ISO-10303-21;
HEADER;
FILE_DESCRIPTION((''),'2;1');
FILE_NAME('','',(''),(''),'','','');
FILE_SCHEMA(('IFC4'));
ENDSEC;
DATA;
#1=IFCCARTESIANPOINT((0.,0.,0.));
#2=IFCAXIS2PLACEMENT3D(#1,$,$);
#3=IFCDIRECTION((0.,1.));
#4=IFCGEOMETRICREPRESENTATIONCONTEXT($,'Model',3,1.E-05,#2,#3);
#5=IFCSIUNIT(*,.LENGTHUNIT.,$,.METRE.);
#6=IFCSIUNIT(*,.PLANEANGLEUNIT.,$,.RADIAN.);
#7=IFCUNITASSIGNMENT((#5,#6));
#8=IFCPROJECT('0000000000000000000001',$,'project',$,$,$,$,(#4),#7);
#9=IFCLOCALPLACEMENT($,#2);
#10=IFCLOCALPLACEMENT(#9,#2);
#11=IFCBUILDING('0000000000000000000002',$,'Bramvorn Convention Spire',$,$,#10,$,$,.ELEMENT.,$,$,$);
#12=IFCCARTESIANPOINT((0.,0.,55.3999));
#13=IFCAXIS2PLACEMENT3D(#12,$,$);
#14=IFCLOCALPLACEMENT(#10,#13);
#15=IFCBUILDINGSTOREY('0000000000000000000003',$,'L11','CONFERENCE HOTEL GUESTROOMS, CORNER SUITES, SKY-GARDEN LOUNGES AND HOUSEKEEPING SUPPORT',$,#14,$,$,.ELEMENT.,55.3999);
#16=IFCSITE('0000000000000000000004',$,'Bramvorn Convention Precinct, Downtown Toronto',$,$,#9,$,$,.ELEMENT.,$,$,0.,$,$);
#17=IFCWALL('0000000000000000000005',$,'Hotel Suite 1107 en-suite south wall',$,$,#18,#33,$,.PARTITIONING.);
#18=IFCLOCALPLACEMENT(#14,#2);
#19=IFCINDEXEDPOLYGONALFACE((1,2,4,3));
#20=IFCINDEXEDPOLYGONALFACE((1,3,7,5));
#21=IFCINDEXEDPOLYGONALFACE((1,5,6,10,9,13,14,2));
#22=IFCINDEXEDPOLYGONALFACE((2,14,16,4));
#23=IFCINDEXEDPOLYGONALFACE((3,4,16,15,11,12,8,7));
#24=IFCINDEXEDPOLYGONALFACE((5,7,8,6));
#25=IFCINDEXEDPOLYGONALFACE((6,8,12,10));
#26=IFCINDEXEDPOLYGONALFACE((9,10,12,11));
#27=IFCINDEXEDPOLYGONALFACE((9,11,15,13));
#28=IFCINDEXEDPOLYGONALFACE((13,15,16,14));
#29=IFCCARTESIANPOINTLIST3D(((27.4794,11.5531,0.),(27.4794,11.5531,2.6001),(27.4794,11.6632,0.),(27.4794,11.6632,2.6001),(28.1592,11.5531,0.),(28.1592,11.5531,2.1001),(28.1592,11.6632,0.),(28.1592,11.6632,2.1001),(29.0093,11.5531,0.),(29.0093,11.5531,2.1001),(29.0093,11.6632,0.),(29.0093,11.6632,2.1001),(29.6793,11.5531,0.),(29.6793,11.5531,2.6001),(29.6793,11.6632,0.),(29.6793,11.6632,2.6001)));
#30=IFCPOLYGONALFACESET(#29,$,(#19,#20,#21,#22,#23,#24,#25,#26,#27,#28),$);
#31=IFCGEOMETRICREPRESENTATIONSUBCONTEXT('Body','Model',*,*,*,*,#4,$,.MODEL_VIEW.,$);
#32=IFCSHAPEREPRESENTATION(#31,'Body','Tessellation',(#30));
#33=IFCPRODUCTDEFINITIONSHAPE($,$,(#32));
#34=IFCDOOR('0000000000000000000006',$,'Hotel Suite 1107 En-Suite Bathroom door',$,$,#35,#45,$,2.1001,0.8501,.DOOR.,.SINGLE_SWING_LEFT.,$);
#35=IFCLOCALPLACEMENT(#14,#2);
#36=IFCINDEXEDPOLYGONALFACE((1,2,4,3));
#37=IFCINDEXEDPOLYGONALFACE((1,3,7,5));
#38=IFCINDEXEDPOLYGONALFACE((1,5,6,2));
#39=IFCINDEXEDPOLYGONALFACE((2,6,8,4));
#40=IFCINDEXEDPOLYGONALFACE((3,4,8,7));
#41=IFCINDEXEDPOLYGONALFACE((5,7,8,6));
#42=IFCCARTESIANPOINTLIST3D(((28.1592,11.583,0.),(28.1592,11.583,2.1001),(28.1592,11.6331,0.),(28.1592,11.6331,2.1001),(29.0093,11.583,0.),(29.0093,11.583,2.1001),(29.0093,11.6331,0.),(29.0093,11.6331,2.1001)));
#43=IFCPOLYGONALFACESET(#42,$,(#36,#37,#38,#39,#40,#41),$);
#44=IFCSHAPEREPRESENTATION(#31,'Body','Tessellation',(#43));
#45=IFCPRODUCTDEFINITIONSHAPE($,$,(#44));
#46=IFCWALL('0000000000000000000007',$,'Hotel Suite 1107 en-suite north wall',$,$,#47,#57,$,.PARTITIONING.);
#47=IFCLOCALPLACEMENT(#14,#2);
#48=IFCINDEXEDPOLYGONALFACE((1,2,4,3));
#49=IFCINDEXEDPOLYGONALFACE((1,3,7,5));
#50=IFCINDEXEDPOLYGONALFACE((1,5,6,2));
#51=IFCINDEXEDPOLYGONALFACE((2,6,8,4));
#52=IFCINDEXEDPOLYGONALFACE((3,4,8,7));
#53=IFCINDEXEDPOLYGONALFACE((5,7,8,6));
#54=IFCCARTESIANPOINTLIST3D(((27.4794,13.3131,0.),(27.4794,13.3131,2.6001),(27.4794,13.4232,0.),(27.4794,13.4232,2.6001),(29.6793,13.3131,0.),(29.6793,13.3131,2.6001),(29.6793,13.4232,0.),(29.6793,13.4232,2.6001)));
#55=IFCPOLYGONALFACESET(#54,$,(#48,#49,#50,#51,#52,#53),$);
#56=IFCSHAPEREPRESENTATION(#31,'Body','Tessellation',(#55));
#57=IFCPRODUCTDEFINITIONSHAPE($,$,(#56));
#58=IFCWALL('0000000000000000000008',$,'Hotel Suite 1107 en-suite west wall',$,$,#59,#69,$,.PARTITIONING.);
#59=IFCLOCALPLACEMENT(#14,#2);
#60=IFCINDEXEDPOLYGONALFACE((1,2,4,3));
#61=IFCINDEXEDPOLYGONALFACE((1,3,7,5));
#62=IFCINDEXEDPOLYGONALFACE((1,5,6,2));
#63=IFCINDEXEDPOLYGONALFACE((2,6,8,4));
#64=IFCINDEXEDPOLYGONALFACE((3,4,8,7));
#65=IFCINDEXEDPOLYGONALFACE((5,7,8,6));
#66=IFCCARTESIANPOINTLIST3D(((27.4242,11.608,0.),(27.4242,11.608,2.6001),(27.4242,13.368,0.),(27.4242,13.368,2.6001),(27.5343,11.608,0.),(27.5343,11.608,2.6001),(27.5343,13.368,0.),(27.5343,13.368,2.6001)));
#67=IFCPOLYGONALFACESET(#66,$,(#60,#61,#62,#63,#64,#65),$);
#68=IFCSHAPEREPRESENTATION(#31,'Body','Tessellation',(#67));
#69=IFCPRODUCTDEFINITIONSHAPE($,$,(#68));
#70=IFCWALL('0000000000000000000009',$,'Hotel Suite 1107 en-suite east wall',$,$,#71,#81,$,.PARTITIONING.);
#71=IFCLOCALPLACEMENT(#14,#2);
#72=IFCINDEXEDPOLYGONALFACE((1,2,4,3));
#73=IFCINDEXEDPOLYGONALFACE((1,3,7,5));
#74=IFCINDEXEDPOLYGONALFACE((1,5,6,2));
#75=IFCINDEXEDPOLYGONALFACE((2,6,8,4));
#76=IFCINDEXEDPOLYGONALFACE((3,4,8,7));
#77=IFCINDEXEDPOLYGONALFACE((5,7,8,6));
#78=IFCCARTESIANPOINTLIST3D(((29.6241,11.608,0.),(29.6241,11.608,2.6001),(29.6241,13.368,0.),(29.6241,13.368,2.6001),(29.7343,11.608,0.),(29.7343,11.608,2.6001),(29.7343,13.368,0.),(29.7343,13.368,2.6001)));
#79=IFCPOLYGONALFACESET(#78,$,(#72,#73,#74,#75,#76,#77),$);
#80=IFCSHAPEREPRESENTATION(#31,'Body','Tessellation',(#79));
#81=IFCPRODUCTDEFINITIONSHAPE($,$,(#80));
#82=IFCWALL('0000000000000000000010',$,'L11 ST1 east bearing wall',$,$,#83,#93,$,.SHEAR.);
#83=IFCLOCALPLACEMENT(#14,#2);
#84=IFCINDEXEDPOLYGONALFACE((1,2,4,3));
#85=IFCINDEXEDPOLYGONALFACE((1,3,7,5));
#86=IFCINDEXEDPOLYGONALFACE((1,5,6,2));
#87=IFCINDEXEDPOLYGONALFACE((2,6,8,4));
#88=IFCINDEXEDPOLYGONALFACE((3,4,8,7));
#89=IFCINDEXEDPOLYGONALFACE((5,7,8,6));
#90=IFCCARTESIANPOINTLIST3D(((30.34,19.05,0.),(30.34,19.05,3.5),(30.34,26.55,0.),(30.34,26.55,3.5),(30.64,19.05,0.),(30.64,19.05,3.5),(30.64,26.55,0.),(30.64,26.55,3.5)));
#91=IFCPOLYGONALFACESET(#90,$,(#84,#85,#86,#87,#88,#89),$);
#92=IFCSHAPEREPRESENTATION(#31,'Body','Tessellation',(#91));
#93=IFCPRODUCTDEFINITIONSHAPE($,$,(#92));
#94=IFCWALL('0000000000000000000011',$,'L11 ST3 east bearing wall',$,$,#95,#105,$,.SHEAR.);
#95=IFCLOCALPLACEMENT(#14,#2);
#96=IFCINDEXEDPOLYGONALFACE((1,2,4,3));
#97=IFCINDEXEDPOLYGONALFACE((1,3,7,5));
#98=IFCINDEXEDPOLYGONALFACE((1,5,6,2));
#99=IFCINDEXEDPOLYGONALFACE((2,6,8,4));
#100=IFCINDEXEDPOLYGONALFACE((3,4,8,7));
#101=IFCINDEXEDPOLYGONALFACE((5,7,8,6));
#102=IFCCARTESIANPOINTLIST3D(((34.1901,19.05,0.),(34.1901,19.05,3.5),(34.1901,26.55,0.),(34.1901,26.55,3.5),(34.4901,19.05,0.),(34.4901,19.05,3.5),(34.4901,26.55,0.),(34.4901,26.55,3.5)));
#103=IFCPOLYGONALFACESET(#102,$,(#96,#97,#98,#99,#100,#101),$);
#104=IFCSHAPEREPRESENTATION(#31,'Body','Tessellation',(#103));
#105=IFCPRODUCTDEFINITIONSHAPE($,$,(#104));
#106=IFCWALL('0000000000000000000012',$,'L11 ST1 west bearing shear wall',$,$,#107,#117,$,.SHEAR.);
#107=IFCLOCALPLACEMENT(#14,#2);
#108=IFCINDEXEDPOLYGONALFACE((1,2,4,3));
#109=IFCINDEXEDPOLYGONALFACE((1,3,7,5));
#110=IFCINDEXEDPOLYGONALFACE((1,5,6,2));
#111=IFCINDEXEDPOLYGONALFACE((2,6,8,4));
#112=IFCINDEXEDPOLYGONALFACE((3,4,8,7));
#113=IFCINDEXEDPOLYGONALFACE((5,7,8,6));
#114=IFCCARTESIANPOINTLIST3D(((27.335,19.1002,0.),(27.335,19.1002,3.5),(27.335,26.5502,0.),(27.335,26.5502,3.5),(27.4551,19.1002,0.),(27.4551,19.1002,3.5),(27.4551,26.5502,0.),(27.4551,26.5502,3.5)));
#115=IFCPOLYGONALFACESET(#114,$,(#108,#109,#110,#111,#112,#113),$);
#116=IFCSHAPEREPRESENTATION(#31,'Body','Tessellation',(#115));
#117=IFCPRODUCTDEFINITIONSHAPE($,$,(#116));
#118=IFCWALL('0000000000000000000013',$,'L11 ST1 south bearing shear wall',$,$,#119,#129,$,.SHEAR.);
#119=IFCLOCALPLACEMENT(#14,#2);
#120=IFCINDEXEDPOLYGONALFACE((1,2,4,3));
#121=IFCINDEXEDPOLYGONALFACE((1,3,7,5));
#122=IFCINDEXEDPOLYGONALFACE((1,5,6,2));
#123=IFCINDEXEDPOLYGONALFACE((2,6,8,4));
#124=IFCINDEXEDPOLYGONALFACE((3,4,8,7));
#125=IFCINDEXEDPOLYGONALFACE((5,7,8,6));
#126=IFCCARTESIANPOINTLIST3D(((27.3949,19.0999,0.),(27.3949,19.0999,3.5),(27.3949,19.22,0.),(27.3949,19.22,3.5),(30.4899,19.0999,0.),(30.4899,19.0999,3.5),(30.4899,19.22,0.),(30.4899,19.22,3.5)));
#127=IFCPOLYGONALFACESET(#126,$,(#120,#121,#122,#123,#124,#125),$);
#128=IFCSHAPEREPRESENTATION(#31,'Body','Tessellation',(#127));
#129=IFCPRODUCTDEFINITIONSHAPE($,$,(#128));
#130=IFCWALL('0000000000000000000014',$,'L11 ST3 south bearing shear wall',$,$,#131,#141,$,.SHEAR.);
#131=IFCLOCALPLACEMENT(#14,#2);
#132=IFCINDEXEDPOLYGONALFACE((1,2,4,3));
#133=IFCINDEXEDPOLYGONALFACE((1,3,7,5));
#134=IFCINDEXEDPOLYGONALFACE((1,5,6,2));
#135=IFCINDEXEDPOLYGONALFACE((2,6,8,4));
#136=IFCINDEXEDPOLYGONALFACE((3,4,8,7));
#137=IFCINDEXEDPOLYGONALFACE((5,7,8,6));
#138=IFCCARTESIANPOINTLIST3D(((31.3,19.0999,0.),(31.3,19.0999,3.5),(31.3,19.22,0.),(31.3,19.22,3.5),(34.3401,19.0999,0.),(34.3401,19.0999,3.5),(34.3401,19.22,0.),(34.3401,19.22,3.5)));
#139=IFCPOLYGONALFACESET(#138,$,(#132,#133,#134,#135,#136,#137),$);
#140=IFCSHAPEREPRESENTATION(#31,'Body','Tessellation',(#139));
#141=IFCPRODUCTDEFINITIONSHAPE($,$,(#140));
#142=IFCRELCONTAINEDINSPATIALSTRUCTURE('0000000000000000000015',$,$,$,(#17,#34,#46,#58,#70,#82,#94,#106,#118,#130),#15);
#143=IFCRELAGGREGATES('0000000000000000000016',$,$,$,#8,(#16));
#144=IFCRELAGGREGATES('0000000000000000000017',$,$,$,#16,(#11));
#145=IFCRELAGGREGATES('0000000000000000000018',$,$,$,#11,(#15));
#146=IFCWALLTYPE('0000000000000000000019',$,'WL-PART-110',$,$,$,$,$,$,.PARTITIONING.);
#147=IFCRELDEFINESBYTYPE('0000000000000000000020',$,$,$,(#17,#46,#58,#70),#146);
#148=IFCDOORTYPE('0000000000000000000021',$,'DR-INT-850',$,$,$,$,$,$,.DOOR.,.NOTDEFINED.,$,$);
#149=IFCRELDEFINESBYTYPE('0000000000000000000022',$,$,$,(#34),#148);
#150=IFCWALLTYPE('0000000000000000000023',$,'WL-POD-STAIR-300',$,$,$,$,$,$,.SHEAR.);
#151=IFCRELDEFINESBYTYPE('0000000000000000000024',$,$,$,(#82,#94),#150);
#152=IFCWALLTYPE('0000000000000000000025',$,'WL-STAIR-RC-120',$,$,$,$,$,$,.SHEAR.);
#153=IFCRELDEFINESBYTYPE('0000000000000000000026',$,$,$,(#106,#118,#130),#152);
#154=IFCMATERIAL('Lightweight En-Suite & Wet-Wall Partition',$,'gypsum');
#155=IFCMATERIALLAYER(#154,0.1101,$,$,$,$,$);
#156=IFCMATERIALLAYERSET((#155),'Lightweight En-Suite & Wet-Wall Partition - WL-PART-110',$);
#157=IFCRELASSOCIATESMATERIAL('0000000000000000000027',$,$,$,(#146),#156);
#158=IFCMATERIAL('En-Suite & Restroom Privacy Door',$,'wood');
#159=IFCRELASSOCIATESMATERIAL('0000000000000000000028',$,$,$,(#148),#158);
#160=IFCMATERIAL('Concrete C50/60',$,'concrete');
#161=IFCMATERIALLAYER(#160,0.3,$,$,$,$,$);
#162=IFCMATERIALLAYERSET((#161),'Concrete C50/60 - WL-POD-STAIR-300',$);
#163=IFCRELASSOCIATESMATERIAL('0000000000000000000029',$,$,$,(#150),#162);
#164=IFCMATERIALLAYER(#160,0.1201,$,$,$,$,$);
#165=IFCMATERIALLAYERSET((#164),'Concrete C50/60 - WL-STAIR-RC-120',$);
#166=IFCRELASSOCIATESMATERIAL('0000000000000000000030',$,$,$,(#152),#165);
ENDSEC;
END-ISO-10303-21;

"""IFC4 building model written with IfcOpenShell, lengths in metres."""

from ifc_helpers import new_model, si_unit, direction, frame, frame_2d, origin, place, context, subcontext, project, spatial, rectangle, extrude, material, layer, layer_set, type_object, element, fill, save


model = new_model("IFC4")

# Units and contexts
model_context = context("Model", 3, precision=1e-05, world=origin(), true_north=direction((0.0, 1.0)))
body_context = subcontext(model_context, "Body", "Model", "MODEL_VIEW")
ifc_project = project(units=[si_unit("LENGTHUNIT", "METRE"), si_unit("PLANEANGLEUNIT", "RADIAN")], contexts=[model_context])

# Site, building, storey
site_placement = place(None, origin())
site = spatial("IfcSite", under=ifc_project, at=site_placement, Name="Bramvorn Convention Precinct, Downtown Toronto", CompositionType="ELEMENT", RefElevation=0.0)
building_placement = place(site_placement, origin())
building = spatial("IfcBuilding", under=site, at=building_placement, Name="Bramvorn Convention Spire", CompositionType="ELEMENT")
storey_placement = place(building_placement, frame((0.0, 0.0, 55.3999)))
storey = spatial("IfcBuildingStorey", under=building, at=storey_placement, Name="L11", Description="CONFERENCE HOTEL GUESTROOMS, CORNER SUITES, SKY-GARDEN LOUNGES AND HOUSEKEEPING SUPPORT", CompositionType="ELEMENT", Elevation=55.3999)

# Shared definitions
ifc_material_1 = material(Name="Concrete C50/60", Category="concrete")

# Wall, opening, door
ifc_material_2 = material(Name="Lightweight En-Suite & Wet-Wall Partition", Category="gypsum")
ifc_layer_1 = layer(ifc_material_2, 0.1101)
ifc_layer_set_1 = layer_set([ifc_layer_1], Name="Lightweight En-Suite & Wet-Wall Partition - WL-PART-110")
wall_type_1 = type_object("IfcWallType", Name="WL-PART-110", PredefinedType="PARTITIONING", material=ifc_layer_set_1)
wall_1_placement = place(storey_placement, frame((27.4792, 11.6082, 0.0), z_axis=(0.0, 0.0, 1.0), x_axis=(1.0, 0.0, 0.0)))
wall_1 = element("IfcWall", 1, at=wall_1_placement, inside=storey, type_object=wall_type_1, Name="Hotel Suite 1107 en-suite south wall", PredefinedType="PARTITIONING", context=body_context, shape_type="SweptSolid", body=[
    extrude(rectangle(XDim=2.2, YDim=0.1101, at=frame_2d((1.1001, 0.0))), origin(), (0.0, 0.0, 1.0), 2.6001),
])
opening_1_placement = place(wall_1_placement, frame((0.6799, 0.0, 0.0)))
opening_1 = element("IfcOpeningElement", 2, at=opening_1_placement, cuts=wall_1, PredefinedType="OPENING", context=body_context, shape_type="SweptSolid", body=[
    extrude(rectangle(XDim=0.8501, YDim=2.1001, at=frame_2d((0.425, 1.05))), frame((0.0, 0.0649, 0.0), z_axis=(0.0, -1.0, 0.0), x_axis=(1.0, 0.0, 0.0)), (0.0, 0.0, 1.0), 0.1301),
])
ifc_material_3 = material(Name="En-Suite & Restroom Privacy Door", Category="wood")
door_type_1 = type_object("IfcDoorType", Name="DR-INT-850", OperationType="NOTDEFINED", PredefinedType="DOOR", material=ifc_material_3)
door_1_placement = place(opening_1_placement, origin())
door_1 = element("IfcDoor", 3, at=door_1_placement, inside=storey, type_object=door_type_1, Name="Hotel Suite 1107 En-Suite Bathroom door", OperationType="SINGLE_SWING_LEFT", OverallHeight=2.1001, OverallWidth=0.8501, PredefinedType="DOOR", context=body_context, shape_type="SweptSolid", body=[
    extrude(rectangle(XDim=0.8501, YDim=2.1001, at=frame_2d((0.425, 1.05))), frame((0.0, 0.0249, 0.0), z_axis=(0.0, -1.0, 0.0), x_axis=(1.0, 0.0, 0.0)), (0.0, 0.0, 1.0), 0.05),
])
fill(opening_1, door_1)

# Walls
wall_2_placement = place(storey_placement, frame((27.4792, 13.3682, 0.0), z_axis=(0.0, 0.0, 1.0), x_axis=(1.0, 0.0, 0.0)))
element("IfcWall", 4, at=wall_2_placement, inside=storey, type_object=wall_type_1, Name="Hotel Suite 1107 en-suite north wall", PredefinedType="PARTITIONING", context=body_context, shape_type="SweptSolid", body=[
    extrude(rectangle(XDim=2.2, YDim=0.1101, at=frame_2d((1.1001, 0.0))), origin(), (0.0, 0.0, 1.0), 2.6001),
])
for number, where, z_axis, x_axis, name in (
    (5, (27.4792, 11.6082, 0.0), (0.0, 0.0, 1.0), (0.0, 1.0, 0.0), "Hotel Suite 1107 en-suite west wall"),
    (6, (29.6792, 11.6082, 0.0), (0.0, 0.0, 1.0), (0.0, 1.0, 0.0), "Hotel Suite 1107 en-suite east wall"),
):
    element("IfcWall", number, at=place(storey_placement, frame(where, z_axis=z_axis, x_axis=x_axis)), inside=storey, type_object=wall_type_1, Name=name, PredefinedType="PARTITIONING", context=body_context, shape_type="SweptSolid", body=[
        extrude(rectangle(XDim=1.76, YDim=0.1101, at=frame_2d((0.8799, 0.0))), origin(), (0.0, 0.0, 1.0), 2.6001),
    ])
ifc_layer_2 = layer(ifc_material_1, 0.3)
ifc_layer_set_2 = layer_set([ifc_layer_2], Name="Concrete C50/60 - WL-POD-STAIR-300")
wall_type_2 = type_object("IfcWallType", Name="WL-POD-STAIR-300", PredefinedType="SHEAR", material=ifc_layer_set_2)
for number, where, z_axis, x_axis, name in (
    (7, (30.49, 19.05, 0.0), (0.0, 0.0, 1.0), (0.0, 1.0, 0.0), "L11 ST1 east bearing wall"),
    (8, (34.3401, 19.05, 0.0), (0.0, 0.0, 1.0), (0.0, 1.0, 0.0), "L11 ST3 east bearing wall"),
):
    element("IfcWall", number, at=place(storey_placement, frame(where, z_axis=z_axis, x_axis=x_axis)), inside=storey, type_object=wall_type_2, Name=name, PredefinedType="SHEAR", context=body_context, shape_type="SweptSolid", body=[
        extrude(rectangle(XDim=7.5, YDim=0.3, at=frame_2d((3.75, 0.0))), origin(), (0.0, 0.0, 1.0), 3.5),
    ])
ifc_layer_3 = layer(ifc_material_1, 0.1201)
ifc_layer_set_3 = layer_set([ifc_layer_3], Name="Concrete C50/60 - WL-STAIR-RC-120")
wall_type_3 = type_object("IfcWallType", Name="WL-STAIR-RC-120", PredefinedType="SHEAR", material=ifc_layer_set_3)
wall_3_placement = place(storey_placement, frame((27.395, 19.1001, 0.0), z_axis=(0.0, 0.0, 1.0), x_axis=(0.0, 1.0, 0.0)))
element("IfcWall", 9, at=wall_3_placement, inside=storey, type_object=wall_type_3, Name="L11 ST1 west bearing shear wall", PredefinedType="SHEAR", context=body_context, shape_type="SweptSolid", body=[
    extrude(rectangle(XDim=7.45, YDim=0.1201, at=frame_2d((3.7251, 0.0))), origin(), (0.0, 0.0, 1.0), 3.5),
])
wall_4_placement = place(storey_placement, frame((27.395, 19.1599, 0.0), z_axis=(0.0, 0.0, 1.0), x_axis=(1.0, 0.0, 0.0)))
element("IfcWall", 10, at=wall_4_placement, inside=storey, type_object=wall_type_3, Name="L11 ST1 south bearing shear wall", PredefinedType="SHEAR", context=body_context, shape_type="SweptSolid", body=[
    extrude(rectangle(XDim=3.095, YDim=0.1201, at=frame_2d((1.5474, 0.0))), origin(), (0.0, 0.0, 1.0), 3.5),
])
wall_5_placement = place(storey_placement, frame((31.3, 19.1599, 0.0), z_axis=(0.0, 0.0, 1.0), x_axis=(1.0, 0.0, 0.0)))
element("IfcWall", 11, at=wall_5_placement, inside=storey, type_object=wall_type_3, Name="L11 ST3 south bearing shear wall", PredefinedType="SHEAR", context=body_context, shape_type="SweptSolid", body=[
    extrude(rectangle(XDim=3.04, YDim=0.1201, at=frame_2d((1.52, 0.0))), origin(), (0.0, 0.0, 1.0), 3.5),
])

save(model, "model.ifc")
